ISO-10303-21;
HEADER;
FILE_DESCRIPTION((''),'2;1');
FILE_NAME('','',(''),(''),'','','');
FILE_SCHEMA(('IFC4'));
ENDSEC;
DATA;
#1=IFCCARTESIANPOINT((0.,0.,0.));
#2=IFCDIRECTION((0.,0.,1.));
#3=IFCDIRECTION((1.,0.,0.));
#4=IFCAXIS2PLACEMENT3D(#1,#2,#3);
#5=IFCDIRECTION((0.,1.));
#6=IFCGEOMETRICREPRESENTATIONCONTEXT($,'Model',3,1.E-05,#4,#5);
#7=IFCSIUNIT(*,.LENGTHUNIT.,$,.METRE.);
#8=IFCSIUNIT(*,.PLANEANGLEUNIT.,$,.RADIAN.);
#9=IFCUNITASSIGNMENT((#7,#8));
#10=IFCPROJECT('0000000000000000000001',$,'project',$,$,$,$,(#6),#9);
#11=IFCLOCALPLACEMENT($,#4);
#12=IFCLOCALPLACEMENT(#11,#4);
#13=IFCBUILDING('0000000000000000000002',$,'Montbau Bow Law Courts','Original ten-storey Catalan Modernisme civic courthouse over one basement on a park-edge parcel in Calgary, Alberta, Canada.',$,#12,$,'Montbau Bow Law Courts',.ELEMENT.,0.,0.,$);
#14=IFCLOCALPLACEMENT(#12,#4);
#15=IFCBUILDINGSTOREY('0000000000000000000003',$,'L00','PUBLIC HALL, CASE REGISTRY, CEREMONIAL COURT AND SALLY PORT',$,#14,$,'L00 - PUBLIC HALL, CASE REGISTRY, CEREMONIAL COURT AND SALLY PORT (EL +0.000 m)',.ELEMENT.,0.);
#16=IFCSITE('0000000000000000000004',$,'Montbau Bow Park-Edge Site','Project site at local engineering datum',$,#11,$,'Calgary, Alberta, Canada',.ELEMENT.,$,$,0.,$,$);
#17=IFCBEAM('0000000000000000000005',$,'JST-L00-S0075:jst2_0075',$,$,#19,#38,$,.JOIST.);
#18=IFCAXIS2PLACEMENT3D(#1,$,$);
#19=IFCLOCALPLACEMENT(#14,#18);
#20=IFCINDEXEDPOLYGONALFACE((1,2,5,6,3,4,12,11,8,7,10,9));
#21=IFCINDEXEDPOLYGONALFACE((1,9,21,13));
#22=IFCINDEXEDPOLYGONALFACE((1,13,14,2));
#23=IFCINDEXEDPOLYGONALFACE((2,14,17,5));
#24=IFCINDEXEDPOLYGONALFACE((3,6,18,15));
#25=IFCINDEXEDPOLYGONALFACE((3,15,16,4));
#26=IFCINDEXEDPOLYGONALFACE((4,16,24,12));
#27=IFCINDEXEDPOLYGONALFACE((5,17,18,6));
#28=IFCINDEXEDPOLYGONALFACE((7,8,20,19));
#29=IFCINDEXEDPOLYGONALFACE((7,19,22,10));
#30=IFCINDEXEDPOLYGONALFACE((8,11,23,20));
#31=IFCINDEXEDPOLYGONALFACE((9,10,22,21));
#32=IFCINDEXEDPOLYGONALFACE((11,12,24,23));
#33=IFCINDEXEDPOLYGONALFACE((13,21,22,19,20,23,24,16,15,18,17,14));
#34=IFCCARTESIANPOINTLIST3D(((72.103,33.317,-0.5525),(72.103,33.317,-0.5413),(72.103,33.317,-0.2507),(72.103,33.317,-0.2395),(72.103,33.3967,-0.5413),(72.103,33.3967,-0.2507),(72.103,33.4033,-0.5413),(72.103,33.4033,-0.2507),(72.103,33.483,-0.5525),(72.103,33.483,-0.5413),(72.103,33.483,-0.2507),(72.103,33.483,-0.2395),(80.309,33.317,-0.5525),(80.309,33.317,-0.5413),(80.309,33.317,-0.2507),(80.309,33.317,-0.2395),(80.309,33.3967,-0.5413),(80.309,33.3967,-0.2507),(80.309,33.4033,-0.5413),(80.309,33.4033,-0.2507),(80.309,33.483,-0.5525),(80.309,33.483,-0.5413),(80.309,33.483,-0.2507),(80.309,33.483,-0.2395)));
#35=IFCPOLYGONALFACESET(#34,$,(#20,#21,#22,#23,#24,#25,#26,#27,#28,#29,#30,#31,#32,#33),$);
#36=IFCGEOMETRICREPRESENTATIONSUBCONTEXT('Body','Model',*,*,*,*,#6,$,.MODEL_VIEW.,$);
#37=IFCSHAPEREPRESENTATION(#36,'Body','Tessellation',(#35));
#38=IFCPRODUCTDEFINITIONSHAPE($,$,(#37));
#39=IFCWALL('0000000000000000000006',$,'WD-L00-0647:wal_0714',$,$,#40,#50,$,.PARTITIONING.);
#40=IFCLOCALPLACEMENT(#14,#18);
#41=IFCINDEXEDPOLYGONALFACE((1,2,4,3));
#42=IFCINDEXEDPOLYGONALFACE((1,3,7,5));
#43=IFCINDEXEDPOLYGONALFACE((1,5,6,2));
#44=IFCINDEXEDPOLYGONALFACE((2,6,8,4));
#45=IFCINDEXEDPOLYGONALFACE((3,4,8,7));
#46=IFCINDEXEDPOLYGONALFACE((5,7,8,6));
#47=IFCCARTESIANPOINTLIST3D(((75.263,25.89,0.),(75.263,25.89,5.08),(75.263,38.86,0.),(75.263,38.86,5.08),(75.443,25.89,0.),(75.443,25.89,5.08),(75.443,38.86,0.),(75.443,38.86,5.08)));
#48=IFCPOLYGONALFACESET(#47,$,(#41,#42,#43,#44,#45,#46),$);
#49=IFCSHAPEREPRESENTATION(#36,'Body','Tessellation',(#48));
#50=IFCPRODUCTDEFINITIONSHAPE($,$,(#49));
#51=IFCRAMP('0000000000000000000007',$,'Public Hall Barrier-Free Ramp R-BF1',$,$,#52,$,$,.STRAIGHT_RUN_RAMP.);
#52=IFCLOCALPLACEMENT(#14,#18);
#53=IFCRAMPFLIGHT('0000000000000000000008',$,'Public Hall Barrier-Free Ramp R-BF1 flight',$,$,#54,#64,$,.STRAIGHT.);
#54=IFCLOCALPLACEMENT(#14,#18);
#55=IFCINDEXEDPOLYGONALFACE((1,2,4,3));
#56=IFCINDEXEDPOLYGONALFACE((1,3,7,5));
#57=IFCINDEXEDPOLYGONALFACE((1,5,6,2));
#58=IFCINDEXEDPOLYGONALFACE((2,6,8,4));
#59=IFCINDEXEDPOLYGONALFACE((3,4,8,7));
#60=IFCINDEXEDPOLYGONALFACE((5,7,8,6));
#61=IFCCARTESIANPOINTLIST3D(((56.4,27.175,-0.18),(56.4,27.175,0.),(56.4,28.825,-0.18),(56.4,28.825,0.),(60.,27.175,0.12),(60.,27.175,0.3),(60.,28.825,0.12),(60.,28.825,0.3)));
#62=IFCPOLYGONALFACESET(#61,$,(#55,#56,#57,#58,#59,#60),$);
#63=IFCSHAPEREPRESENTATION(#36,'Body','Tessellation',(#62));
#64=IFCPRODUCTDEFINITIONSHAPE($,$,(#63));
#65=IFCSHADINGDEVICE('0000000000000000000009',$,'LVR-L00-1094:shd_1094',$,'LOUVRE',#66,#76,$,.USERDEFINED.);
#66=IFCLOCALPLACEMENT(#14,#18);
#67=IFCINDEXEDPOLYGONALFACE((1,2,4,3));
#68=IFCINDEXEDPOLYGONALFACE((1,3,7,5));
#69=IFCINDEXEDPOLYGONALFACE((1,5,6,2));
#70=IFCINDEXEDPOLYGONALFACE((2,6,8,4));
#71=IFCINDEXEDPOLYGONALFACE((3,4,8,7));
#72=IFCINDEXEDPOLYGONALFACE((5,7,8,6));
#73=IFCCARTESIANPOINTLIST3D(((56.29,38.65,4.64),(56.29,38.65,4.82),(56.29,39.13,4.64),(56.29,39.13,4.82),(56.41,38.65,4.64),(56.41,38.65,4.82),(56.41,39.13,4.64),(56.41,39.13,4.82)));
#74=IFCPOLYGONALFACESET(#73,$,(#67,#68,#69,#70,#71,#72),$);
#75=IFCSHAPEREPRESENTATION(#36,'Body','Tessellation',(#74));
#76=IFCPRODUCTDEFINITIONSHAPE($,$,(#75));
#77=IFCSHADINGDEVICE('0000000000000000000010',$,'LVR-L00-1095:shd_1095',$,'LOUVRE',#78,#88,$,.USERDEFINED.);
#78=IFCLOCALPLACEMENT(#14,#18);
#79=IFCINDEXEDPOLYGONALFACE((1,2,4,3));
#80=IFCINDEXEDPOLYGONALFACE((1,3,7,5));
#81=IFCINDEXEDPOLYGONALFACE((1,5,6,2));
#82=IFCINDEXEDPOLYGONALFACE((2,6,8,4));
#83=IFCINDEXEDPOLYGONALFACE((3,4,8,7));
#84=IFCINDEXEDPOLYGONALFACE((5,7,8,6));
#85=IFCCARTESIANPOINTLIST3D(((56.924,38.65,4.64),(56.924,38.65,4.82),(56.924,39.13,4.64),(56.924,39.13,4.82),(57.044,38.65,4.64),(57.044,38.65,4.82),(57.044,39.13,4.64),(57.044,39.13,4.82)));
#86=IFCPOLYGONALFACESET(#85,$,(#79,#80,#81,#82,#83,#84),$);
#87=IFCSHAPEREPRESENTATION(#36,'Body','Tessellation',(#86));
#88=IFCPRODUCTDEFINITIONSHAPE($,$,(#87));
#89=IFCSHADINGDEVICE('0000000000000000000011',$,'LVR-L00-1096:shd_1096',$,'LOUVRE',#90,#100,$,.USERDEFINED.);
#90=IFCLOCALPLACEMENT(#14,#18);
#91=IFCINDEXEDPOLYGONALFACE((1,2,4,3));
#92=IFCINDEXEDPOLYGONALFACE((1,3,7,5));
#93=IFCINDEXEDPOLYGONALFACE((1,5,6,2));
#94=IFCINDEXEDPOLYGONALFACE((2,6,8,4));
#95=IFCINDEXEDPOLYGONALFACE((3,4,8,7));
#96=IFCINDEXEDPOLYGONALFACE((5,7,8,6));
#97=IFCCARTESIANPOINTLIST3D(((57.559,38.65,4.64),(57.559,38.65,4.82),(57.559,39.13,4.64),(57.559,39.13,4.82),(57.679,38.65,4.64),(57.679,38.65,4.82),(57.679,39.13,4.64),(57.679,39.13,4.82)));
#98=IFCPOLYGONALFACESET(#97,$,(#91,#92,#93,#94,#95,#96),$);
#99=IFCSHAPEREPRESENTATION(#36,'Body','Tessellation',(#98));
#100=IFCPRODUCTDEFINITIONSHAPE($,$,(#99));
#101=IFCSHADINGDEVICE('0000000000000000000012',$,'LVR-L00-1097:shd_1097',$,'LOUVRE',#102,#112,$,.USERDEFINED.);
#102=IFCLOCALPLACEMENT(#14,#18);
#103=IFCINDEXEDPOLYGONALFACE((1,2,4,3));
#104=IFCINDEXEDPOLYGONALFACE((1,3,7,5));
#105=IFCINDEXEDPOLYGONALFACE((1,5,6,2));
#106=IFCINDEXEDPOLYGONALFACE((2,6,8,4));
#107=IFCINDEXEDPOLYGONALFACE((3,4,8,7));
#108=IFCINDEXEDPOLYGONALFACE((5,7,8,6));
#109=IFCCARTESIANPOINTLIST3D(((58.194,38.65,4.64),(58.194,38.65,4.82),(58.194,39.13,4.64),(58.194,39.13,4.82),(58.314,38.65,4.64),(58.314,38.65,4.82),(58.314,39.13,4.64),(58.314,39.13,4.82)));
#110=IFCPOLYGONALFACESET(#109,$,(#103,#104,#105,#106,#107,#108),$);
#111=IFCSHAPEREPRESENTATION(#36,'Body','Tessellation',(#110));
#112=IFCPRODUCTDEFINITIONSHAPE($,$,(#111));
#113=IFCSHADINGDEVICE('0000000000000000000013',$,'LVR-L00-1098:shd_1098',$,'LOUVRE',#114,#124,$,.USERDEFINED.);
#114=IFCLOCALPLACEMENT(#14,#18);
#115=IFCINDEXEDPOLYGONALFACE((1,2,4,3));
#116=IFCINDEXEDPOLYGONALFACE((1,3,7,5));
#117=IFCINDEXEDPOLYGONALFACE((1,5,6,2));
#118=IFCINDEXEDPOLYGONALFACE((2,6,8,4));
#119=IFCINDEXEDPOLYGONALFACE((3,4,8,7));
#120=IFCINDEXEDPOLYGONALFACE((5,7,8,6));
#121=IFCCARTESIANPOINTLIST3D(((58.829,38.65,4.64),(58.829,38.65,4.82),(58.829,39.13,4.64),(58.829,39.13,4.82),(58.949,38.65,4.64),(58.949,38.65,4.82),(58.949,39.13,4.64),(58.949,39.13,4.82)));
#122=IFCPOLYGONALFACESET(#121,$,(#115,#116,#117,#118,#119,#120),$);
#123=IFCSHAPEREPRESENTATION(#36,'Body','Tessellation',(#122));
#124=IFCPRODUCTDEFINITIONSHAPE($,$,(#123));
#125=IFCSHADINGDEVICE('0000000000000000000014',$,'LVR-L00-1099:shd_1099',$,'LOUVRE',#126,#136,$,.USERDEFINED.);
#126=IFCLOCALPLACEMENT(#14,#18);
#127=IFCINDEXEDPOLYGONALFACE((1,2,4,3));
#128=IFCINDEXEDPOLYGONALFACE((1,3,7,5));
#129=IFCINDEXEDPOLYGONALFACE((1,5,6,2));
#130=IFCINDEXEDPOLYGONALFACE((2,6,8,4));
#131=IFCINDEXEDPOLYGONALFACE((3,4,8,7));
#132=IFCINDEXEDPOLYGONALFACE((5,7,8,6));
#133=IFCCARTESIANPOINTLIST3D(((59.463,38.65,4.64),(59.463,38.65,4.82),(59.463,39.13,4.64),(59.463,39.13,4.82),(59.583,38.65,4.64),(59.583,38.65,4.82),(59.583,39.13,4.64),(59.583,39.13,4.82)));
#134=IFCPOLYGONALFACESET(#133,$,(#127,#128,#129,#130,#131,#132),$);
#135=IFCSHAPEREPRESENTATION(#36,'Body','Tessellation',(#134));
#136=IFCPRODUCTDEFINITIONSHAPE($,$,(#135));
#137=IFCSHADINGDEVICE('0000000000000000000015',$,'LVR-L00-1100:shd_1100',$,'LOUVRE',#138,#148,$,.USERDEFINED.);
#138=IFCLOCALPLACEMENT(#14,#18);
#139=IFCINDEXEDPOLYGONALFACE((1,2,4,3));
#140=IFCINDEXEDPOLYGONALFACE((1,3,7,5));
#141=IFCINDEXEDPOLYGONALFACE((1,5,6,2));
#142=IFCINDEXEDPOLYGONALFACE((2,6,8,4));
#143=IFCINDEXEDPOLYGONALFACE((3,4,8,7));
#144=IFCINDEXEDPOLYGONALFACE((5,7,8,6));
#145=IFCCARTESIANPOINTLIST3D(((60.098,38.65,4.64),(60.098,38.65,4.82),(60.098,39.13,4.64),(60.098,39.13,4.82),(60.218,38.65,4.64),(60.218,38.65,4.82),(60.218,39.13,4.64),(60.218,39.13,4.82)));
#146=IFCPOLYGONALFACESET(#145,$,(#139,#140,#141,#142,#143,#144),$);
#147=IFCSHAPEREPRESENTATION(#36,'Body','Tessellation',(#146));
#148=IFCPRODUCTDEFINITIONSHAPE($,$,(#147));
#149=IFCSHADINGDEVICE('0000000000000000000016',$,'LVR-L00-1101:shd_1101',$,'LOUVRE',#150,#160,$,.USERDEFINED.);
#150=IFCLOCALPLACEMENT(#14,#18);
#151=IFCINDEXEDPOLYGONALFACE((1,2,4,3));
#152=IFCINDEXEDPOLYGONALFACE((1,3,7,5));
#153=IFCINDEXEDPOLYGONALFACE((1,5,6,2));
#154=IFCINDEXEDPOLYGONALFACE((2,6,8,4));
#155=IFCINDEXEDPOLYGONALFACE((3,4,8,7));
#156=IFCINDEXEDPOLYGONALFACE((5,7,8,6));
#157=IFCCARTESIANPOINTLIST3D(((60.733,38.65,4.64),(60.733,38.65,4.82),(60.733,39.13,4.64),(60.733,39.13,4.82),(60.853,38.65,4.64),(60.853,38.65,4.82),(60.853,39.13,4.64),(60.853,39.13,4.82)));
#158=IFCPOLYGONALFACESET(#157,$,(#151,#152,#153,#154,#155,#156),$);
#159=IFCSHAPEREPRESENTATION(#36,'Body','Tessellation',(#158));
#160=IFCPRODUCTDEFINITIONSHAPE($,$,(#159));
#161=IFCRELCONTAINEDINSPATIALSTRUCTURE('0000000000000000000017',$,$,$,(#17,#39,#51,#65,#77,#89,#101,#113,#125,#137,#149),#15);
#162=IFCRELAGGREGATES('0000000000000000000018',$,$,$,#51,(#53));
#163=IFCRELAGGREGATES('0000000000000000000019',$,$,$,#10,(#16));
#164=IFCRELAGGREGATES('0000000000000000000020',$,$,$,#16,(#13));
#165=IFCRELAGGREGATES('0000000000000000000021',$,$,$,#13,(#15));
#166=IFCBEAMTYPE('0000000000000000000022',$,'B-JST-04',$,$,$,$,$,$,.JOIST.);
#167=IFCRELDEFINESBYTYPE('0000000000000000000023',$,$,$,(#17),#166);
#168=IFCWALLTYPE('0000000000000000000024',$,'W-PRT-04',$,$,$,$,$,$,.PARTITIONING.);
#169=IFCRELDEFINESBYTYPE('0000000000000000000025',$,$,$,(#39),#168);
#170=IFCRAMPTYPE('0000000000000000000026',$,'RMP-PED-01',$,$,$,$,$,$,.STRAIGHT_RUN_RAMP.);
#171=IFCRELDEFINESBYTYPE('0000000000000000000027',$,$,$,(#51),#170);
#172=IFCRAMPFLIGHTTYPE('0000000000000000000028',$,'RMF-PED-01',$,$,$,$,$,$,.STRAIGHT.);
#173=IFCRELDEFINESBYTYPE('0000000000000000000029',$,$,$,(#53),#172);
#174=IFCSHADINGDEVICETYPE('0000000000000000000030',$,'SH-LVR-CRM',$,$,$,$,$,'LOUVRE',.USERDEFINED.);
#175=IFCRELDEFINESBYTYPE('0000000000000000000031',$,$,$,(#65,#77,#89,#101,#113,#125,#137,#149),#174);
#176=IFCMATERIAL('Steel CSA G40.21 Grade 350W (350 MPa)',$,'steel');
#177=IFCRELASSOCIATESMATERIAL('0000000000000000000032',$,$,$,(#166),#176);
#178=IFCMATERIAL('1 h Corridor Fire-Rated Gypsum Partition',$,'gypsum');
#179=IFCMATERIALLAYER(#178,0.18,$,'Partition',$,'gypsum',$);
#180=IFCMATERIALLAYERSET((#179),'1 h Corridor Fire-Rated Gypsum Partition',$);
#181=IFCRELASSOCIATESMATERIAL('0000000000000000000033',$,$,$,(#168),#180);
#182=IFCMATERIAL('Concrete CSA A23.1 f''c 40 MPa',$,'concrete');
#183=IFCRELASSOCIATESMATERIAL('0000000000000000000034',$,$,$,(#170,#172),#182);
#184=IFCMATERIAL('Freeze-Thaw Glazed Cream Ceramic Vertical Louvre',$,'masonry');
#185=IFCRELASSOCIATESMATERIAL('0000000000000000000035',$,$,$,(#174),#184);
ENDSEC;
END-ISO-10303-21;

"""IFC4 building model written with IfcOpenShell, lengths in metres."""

from ifc_helpers import new_model, si_unit, direction, frame, frame_2d, origin_with_axes, origin_2d_with_axis, place, context, subcontext, project, spatial, polyline, rectangle, i_section, outline, extrude, material, layer, layer_set, material_profile, profile_set, type_object, element, aggregate, save


model = new_model("IFC4")

# Units and contexts
model_context = context("Model", 3, precision=1e-05, world=origin_with_axes(), true_north=direction((0.0, 1.0)))
body_context = subcontext(model_context, "Body", "Model", "MODEL_VIEW")
ifc_project = project(units=[si_unit("LENGTHUNIT", "METRE"), si_unit("PLANEANGLEUNIT", "RADIAN")], contexts=[model_context])

# Site, building, storey
site_placement = place(None, origin_with_axes())
site = spatial("IfcSite", under=ifc_project, at=site_placement, Name="Montbau Bow Park-Edge Site", Description="Project site at local engineering datum", LongName="Calgary, Alberta, Canada", CompositionType="ELEMENT", RefElevation=0.0)
building_placement = place(site_placement, origin_with_axes())
building = spatial("IfcBuilding", under=site, at=building_placement, Name="Montbau Bow Law Courts", Description="Original ten-storey Catalan Modernisme civic courthouse over one basement on a park-edge parcel in Calgary, Alberta, Canada.", LongName="Montbau Bow Law Courts", CompositionType="ELEMENT", ElevationOfRefHeight=0.0, ElevationOfTerrain=0.0)
storey_placement = place(building_placement, origin_with_axes())
storey = spatial("IfcBuildingStorey", under=building, at=storey_placement, Name="L00", Description="PUBLIC HALL, CASE REGISTRY, CEREMONIAL COURT AND SALLY PORT", LongName="L00 - PUBLIC HALL, CASE REGISTRY, CEREMONIAL COURT AND SALLY PORT (EL +0.000 m)", CompositionType="ELEMENT", Elevation=0.0)

# Shared definitions
ifc_material_1 = material(Name="Concrete CSA A23.1 f'c 40 MPa", Category="concrete")

# Beam
ifc_material_2 = material(Name="Steel CSA G40.21 Grade 350W (350 MPa)", Category="steel")
ifc_material_profile_1 = material_profile(ifc_material_2, i_section(OverallWidth=0.166, OverallDepth=0.313, WebThickness=0.0066, FlangeThickness=0.0112, at=origin_2d_with_axis()), Name="W310X45", Category="Main", Priority=0)
ifc_profile_set_1 = profile_set([ifc_material_profile_1], Name="Steel CSA G40.21 Grade 350W (350 MPa)")
beam_type_1 = type_object("IfcBeamType", Name="B-JST-04", PredefinedType="JOIST", material=ifc_profile_set_1)
beam_1_placement = place(None, frame((72.103, 33.4, -0.396), z_axis=(1.0, 0.0, 0.0), x_axis=(0.0, 1.0, 0.0)))
element("IfcBeam", 1, at=beam_1_placement, inside=storey, type_object=beam_type_1, Name="JST-L00-S0075:jst2_0075", PredefinedType="JOIST", context=body_context, shape_type="SweptSolid", body=[
    extrude(i_section(OverallWidth=0.166, OverallDepth=0.313, WebThickness=0.0066, FlangeThickness=0.0112, at=origin_2d_with_axis()), origin_with_axes(), (0.0, 0.0, 1.0), 8.206),
])

# Wall
ifc_material_3 = material(Name="1 h Corridor Fire-Rated Gypsum Partition", Category="gypsum")
ifc_layer = layer(ifc_material_3, 0.18, Name="Partition", Category="gypsum")
ifc_layer_set = layer_set([ifc_layer], Name="1 h Corridor Fire-Rated Gypsum Partition")
wall_type = type_object("IfcWallType", Name="W-PRT-04", PredefinedType="PARTITIONING", material=ifc_layer_set)
wall_placement = place(None, frame((75.353, 25.89, 0.0), z_axis=(0.0, 0.0, 1.0), x_axis=(0.0, 1.0, 0.0)))
element("IfcWall", 2, at=wall_placement, inside=storey, type_object=wall_type, Name="WD-L00-0647:wal_0714", PredefinedType="PARTITIONING", context=body_context, shape_type="SweptSolid", body=[
    extrude(rectangle(XDim=12.97, YDim=0.18, at=frame_2d((6.485, 0.0), x_axis=(1.0, 0.0))), origin_with_axes(), (0.0, 0.0, 1.0), 5.08),
])

# Ramp, ramp flight
ramp_type = type_object("IfcRampType", Name="RMP-PED-01", PredefinedType="STRAIGHT_RUN_RAMP", material=ifc_material_1)
ramp_placement = place(None, frame((56.4, 28.0, 0.0), z_axis=(0.0, 0.0, 1.0), x_axis=(1.0, 0.0, 0.0)))
ramp = element("IfcRamp", 3, at=ramp_placement, inside=storey, type_object=ramp_type, Name="Public Hall Barrier-Free Ramp R-BF1", PredefinedType="STRAIGHT_RUN_RAMP")
ramp_flight_type = type_object("IfcRampFlightType", Name="RMF-PED-01", PredefinedType="STRAIGHT", material=ifc_material_1)
ramp_flight_placement = place(None, frame((56.4, 28.0, 0.0), z_axis=(0.0, 0.0, 1.0), x_axis=(1.0, 0.0, 0.0)))
ramp_flight = element("IfcRampFlight", 4, at=ramp_flight_placement, type_object=ramp_flight_type, Name="Public Hall Barrier-Free Ramp R-BF1 flight", PredefinedType="STRAIGHT", context=body_context, shape_type="SweptSolid", body=[
    extrude(outline(polyline([(0.0, 0.0), (3.6, 0.3), (3.6, 0.12), (0.0, -0.18), (0.0, 0.0)])), frame((0.0, 0.825, 0.0), z_axis=(0.0, -1.0, 0.0), x_axis=(1.0, 0.0, 0.0)), (0.0, 0.0, 1.0), 1.65),
])
aggregate(ramp, [ramp_flight])

# Shading devices
ifc_material_4 = material(Name="Freeze-Thaw Glazed Cream Ceramic Vertical Louvre", Category="masonry")
shading_device_type = type_object("IfcShadingDeviceType", Name="SH-LVR-CRM", ElementType="LOUVRE", PredefinedType="USERDEFINED", material=ifc_material_4)
for number, where, z_axis, x_axis, name in (
    (5, (56.35, 38.89, 4.64), (0.0, 0.0, 1.0), (0.0, -1.0, 0.0), "LVR-L00-1094:shd_1094"),
    (6, (56.984, 38.89, 4.64), (0.0, 0.0, 1.0), (0.0, -1.0, 0.0), "LVR-L00-1095:shd_1095"),
    (7, (57.619, 38.89, 4.64), (0.0, 0.0, 1.0), (0.0, -1.0, 0.0), "LVR-L00-1096:shd_1096"),
    (8, (58.254, 38.89, 4.64), (0.0, 0.0, 1.0), (0.0, -1.0, 0.0), "LVR-L00-1097:shd_1097"),
    (9, (58.889, 38.89, 4.64), (0.0, 0.0, 1.0), (0.0, -1.0, 0.0), "LVR-L00-1098:shd_1098"),
    (10, (59.523, 38.89, 4.64), (0.0, 0.0, 1.0), (0.0, -1.0, 0.0), "LVR-L00-1099:shd_1099"),
    (11, (60.158, 38.89, 4.64), (0.0, 0.0, 1.0), (0.0, -1.0, 0.0), "LVR-L00-1100:shd_1100"),
    (12, (60.793, 38.89, 4.64), (0.0, 0.0, 1.0), (0.0, -1.0, 0.0), "LVR-L00-1101:shd_1101"),
):
    element("IfcShadingDevice", number, at=place(None, frame(where, z_axis=z_axis, x_axis=x_axis)), inside=storey, type_object=shading_device_type, Name=name, ObjectType="LOUVRE", PredefinedType="USERDEFINED", context=body_context, shape_type="SweptSolid", body=[
        extrude(rectangle(XDim=0.48, YDim=0.12, at=origin_2d_with_axis()), origin_with_axes(), (0.0, 0.0, 1.0), 0.18),
    ])

save(model, "model.ifc")
